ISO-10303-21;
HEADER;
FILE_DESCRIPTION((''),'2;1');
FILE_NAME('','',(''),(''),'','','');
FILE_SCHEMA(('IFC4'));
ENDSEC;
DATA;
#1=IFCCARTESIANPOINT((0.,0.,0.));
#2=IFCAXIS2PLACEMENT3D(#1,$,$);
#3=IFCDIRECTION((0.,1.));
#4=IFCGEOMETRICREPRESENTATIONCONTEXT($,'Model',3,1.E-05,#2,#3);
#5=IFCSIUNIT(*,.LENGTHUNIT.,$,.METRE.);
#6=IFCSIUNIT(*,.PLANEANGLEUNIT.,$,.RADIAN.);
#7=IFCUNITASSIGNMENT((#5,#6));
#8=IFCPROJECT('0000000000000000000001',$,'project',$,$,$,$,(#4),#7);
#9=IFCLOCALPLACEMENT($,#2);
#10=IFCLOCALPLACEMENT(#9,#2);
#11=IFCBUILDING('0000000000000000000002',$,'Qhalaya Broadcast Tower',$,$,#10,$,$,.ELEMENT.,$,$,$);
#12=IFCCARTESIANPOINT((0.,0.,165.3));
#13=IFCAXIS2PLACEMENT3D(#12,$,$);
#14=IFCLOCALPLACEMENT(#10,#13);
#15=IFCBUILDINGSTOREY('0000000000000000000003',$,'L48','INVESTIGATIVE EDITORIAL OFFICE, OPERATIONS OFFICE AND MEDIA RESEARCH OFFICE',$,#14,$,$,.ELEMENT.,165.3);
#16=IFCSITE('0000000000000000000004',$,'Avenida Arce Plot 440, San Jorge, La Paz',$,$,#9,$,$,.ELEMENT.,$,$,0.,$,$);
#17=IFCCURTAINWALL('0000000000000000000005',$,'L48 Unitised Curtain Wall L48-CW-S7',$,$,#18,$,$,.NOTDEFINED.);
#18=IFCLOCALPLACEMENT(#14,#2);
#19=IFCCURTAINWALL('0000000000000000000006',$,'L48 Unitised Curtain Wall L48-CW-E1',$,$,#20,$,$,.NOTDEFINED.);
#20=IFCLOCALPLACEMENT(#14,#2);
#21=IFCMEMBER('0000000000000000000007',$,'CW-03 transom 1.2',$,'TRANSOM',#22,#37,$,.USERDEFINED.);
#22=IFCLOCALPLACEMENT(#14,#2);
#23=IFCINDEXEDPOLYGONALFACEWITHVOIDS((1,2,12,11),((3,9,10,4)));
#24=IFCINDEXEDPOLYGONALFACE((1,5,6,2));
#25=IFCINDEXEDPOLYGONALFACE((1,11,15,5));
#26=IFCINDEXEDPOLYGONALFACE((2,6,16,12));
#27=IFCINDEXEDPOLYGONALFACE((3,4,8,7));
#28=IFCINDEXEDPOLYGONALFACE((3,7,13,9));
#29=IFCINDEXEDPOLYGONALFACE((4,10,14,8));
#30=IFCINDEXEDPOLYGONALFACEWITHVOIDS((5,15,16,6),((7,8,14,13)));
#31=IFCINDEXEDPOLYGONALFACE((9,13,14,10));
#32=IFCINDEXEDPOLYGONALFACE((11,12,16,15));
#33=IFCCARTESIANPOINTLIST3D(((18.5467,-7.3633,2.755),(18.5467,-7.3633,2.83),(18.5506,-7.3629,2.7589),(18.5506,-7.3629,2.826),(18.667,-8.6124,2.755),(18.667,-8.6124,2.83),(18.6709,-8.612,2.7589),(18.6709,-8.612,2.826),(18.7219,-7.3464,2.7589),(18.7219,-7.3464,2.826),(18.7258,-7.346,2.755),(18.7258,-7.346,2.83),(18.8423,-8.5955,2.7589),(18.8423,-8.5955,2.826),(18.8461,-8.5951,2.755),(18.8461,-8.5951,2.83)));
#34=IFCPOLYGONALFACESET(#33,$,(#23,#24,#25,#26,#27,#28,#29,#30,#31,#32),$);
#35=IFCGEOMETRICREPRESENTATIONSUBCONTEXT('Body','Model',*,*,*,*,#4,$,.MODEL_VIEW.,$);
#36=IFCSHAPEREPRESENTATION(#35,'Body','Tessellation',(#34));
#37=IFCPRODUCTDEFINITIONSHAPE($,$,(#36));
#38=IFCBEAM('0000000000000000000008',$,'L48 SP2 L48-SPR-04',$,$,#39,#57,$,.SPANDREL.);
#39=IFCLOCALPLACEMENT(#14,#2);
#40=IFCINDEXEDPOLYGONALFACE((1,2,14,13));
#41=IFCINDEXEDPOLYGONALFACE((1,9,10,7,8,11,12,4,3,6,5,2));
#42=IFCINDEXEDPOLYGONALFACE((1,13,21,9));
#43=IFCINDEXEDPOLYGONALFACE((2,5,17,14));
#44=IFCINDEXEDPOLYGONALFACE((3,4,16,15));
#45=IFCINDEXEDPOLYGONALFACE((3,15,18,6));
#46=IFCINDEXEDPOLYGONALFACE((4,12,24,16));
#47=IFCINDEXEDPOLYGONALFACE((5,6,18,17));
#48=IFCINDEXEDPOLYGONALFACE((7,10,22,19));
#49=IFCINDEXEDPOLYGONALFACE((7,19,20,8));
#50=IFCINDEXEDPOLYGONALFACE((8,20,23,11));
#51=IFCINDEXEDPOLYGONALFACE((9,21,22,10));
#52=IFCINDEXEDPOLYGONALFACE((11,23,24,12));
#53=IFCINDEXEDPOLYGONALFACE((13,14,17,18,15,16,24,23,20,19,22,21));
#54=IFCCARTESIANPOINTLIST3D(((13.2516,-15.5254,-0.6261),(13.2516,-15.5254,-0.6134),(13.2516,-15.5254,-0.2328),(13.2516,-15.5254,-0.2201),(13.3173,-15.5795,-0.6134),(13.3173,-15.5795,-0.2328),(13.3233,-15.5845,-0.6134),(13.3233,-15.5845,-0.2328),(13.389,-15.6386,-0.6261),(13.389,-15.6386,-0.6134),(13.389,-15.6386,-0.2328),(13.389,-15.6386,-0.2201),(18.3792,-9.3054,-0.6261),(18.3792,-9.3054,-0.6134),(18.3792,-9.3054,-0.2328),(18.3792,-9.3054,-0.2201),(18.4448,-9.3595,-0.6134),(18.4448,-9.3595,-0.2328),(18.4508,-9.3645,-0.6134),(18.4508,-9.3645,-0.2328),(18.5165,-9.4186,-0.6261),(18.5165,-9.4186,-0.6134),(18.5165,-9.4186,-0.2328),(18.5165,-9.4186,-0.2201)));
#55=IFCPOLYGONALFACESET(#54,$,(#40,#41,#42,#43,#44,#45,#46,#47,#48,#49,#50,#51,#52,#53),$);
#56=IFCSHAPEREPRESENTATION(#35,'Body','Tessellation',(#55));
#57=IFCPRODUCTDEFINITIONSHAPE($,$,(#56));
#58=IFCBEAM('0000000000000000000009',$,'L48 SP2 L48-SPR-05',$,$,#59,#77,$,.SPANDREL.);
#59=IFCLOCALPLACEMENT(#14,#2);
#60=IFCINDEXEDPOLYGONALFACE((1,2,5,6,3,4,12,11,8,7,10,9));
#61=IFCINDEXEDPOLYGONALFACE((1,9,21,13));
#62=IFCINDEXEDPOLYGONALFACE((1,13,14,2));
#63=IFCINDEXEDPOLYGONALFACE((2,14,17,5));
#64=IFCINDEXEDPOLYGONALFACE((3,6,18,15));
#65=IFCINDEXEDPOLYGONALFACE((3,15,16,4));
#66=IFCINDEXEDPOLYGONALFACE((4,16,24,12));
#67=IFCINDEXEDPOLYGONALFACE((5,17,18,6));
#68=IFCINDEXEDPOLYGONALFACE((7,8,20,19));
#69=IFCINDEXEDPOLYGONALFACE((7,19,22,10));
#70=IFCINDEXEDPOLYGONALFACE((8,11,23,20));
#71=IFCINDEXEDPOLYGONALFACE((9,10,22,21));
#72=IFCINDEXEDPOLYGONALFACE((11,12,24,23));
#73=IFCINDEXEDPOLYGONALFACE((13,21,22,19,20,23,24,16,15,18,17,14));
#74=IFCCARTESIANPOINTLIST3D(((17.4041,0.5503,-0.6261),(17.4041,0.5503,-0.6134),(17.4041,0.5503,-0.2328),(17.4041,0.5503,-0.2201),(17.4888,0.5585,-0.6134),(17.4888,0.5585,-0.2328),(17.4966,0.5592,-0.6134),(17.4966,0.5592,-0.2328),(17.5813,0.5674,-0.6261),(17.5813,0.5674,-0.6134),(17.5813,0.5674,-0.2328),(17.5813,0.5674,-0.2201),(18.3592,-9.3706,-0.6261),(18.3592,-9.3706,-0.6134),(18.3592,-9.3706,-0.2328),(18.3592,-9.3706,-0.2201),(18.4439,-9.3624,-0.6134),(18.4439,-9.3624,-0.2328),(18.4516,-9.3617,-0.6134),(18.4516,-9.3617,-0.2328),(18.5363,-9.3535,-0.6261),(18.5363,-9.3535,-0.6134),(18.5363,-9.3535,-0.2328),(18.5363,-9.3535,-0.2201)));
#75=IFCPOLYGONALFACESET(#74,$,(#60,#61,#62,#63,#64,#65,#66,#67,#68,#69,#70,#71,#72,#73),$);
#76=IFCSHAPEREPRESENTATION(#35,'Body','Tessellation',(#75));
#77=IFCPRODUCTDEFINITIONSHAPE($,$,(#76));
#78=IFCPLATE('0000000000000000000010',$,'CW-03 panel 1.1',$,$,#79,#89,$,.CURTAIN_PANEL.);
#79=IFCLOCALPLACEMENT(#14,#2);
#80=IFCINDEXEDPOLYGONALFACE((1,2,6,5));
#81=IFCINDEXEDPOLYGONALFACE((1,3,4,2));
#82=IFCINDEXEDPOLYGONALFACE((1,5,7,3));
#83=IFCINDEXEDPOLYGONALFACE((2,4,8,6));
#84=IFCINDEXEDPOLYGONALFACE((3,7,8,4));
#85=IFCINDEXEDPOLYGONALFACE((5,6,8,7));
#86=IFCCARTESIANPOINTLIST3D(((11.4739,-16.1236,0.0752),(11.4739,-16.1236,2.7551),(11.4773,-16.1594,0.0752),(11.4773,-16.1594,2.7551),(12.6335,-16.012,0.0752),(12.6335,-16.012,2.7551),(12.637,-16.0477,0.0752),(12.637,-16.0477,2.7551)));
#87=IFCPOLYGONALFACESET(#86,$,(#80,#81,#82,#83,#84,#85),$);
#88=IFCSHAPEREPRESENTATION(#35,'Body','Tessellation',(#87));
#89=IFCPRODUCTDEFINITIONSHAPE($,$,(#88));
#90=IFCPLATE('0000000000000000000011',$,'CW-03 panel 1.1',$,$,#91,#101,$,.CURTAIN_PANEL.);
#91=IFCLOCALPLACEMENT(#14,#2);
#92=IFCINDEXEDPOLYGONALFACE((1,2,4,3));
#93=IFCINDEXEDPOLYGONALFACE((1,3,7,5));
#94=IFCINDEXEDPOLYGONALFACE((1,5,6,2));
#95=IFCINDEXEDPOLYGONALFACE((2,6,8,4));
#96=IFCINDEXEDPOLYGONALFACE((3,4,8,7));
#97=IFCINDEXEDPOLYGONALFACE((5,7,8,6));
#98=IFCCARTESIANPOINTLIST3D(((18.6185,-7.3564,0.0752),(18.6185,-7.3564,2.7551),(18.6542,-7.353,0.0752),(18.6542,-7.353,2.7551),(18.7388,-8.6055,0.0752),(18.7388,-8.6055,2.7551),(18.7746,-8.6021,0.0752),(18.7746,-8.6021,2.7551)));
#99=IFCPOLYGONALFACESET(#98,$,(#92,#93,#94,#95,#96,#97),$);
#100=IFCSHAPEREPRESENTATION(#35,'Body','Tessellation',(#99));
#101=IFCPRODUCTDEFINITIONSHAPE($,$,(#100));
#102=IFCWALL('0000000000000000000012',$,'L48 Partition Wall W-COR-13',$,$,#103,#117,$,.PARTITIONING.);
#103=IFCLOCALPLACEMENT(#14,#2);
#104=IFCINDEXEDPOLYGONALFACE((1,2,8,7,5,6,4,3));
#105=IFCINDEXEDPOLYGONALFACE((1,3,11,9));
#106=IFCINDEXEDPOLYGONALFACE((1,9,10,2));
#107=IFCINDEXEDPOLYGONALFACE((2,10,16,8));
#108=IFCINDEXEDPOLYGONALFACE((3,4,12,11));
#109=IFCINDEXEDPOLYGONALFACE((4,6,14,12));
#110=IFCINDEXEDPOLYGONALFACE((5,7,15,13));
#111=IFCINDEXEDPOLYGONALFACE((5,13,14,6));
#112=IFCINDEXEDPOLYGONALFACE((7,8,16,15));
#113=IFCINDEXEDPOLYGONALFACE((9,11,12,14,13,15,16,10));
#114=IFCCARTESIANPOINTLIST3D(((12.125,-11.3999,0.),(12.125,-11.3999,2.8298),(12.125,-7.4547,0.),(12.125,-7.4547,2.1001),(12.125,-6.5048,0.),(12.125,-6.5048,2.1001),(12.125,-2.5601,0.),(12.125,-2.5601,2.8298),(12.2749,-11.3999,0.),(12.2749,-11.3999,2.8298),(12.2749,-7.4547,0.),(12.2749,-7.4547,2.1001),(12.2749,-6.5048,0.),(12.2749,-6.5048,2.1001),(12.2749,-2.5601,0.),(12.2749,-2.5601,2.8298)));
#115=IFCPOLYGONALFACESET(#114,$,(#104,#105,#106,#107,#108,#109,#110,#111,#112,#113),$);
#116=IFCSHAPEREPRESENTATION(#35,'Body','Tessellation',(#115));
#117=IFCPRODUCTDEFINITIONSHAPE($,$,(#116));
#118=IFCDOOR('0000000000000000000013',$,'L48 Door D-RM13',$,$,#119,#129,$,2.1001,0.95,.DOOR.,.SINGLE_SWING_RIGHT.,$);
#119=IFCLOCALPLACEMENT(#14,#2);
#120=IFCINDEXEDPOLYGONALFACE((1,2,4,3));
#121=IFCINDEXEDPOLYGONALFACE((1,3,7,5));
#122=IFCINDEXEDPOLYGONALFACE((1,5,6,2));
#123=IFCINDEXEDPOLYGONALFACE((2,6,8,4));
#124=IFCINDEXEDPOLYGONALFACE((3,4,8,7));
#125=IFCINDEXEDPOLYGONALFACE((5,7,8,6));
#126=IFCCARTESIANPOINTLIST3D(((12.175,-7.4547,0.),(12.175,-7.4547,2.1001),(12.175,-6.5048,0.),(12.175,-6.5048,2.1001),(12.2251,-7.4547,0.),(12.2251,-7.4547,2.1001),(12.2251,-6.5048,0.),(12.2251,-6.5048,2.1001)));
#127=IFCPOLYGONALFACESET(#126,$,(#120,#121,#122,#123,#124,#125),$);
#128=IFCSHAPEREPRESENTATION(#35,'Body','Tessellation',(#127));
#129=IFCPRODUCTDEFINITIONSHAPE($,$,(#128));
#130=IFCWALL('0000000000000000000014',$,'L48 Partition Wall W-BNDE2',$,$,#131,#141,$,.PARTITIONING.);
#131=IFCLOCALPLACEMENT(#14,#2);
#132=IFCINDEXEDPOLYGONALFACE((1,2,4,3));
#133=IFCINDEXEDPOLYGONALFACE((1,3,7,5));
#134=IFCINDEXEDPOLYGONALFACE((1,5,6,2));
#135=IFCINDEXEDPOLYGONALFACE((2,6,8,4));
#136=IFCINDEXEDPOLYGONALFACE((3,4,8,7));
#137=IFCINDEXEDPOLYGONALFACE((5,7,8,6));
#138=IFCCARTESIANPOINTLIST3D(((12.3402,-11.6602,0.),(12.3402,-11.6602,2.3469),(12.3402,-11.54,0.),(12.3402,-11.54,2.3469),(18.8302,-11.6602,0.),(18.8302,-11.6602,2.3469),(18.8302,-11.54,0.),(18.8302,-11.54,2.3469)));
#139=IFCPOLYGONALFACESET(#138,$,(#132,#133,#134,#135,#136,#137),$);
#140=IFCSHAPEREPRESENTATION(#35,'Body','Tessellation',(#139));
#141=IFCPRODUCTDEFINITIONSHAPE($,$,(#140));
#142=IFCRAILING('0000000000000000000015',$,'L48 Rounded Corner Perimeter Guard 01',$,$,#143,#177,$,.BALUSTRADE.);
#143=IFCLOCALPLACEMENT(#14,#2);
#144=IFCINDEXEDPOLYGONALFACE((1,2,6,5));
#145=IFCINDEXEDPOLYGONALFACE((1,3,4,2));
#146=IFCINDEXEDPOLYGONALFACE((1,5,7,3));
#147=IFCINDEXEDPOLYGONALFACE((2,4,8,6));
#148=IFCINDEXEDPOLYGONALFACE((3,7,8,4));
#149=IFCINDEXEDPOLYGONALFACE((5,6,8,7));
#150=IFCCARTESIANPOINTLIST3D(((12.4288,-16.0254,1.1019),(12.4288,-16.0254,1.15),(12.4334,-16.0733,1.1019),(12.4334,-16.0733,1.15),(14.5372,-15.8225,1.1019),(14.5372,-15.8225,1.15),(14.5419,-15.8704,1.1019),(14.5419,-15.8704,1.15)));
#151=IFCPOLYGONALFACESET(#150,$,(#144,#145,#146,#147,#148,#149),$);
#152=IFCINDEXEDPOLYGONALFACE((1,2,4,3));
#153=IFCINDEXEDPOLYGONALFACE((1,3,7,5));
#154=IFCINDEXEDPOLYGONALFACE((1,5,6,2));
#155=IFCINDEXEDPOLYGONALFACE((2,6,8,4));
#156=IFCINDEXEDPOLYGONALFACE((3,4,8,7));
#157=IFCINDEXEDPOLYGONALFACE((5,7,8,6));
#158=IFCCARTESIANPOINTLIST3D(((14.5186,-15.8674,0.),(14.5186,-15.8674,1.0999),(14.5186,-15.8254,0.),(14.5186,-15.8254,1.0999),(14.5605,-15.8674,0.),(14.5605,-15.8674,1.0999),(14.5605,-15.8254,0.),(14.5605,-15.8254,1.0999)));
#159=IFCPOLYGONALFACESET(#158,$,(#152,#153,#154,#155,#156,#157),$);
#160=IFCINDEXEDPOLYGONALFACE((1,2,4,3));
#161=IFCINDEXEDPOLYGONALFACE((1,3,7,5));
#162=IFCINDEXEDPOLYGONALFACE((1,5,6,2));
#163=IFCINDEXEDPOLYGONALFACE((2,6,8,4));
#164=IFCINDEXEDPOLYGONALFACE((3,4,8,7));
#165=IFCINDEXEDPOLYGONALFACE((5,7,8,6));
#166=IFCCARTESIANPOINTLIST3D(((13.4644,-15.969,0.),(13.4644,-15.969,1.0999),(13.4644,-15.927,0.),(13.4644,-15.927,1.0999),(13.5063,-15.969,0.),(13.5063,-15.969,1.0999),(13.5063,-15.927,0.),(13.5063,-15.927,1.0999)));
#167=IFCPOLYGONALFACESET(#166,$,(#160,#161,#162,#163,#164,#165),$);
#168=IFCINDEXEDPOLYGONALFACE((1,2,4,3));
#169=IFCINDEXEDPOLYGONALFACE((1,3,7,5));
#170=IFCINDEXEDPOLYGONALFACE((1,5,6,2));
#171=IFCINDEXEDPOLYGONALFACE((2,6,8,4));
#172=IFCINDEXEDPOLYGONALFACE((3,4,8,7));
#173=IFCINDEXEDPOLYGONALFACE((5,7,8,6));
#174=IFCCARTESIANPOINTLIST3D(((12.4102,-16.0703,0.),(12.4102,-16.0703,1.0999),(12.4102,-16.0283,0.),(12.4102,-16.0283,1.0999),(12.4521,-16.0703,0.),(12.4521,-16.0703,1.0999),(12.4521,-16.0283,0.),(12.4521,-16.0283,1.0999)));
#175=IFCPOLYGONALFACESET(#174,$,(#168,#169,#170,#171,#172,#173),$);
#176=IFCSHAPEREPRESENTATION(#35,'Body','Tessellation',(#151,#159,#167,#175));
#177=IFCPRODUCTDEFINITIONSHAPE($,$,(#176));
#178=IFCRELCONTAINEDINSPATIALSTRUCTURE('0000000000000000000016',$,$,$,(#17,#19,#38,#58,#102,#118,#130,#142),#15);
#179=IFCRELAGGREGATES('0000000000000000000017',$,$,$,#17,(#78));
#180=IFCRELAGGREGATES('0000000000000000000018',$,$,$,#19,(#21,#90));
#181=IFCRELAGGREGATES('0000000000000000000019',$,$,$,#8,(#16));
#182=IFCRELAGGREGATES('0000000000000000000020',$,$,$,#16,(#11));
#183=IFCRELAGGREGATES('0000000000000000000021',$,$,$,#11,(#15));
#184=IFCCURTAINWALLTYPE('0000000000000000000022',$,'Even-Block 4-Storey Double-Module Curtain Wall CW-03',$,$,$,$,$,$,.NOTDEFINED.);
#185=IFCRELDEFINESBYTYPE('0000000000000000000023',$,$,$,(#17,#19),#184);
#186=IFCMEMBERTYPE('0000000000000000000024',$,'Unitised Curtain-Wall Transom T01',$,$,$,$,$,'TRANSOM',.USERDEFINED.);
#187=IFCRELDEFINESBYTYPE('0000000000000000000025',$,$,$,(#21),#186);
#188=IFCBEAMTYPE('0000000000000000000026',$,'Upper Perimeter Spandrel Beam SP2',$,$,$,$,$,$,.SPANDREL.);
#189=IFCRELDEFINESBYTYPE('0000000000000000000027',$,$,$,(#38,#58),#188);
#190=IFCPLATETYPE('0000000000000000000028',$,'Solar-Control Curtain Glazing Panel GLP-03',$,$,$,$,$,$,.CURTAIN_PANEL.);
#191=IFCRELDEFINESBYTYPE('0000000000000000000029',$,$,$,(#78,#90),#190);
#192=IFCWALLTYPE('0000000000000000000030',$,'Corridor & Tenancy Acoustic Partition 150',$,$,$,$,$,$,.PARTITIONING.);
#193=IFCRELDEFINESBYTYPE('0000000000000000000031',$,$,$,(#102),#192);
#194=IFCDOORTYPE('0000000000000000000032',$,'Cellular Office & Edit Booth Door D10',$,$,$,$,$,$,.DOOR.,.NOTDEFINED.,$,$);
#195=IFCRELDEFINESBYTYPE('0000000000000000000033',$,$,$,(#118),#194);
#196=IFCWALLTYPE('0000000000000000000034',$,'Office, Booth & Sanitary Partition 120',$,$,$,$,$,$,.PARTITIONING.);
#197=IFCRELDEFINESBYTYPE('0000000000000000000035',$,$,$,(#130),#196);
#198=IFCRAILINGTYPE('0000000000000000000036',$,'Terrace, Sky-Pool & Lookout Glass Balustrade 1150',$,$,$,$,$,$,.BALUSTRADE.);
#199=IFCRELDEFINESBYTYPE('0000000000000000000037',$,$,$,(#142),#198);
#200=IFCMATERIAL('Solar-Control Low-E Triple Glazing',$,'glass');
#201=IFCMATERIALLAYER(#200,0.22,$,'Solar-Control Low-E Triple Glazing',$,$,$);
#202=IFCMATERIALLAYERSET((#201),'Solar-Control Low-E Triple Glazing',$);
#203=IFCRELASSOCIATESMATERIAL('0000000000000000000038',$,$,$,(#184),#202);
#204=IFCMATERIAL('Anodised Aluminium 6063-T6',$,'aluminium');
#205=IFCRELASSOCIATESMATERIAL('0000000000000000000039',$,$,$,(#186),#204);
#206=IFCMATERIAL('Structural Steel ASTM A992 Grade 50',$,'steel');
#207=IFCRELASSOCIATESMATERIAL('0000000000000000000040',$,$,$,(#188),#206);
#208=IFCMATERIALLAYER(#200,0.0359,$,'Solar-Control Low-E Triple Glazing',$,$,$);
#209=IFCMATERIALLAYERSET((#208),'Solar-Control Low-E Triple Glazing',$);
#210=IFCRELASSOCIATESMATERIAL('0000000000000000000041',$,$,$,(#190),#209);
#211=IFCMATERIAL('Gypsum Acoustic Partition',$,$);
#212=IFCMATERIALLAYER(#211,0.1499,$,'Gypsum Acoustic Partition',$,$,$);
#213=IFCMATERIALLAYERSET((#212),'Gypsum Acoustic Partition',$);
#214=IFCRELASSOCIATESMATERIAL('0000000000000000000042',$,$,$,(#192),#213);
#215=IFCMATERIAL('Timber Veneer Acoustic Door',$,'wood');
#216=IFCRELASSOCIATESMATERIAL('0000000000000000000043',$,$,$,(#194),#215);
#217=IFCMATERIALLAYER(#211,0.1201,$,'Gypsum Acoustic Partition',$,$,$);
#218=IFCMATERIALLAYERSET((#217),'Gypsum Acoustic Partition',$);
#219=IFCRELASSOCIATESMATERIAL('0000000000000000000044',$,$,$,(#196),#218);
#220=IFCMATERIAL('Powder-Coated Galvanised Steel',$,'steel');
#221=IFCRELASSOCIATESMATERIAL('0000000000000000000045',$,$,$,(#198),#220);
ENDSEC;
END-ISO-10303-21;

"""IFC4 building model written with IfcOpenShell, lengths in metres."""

from ifc_helpers import new_model, si_unit, direction, frame, frame_2d, origin, origin_2d, place, context, subcontext, project, spatial, rectangle, hollow_rectangle, i_section, extrude, material, layer, layer_set, material_profile, profile_set, type_object, element, fill, aggregate, save


model = new_model("IFC4")

# Units and contexts
model_context = context("Model", 3, precision=1e-05, world=origin(), true_north=direction((0.0, 1.0)))
body_context = subcontext(model_context, "Body", "Model", "MODEL_VIEW")
ifc_project = project(units=[si_unit("LENGTHUNIT", "METRE"), si_unit("PLANEANGLEUNIT", "RADIAN")], contexts=[model_context])

# Site, building, storey
site_placement = place(None, origin())
site = spatial("IfcSite", under=ifc_project, at=site_placement, Name="Avenida Arce Plot 440, San Jorge, La Paz", CompositionType="ELEMENT", RefElevation=0.0)
building_placement = place(site_placement, origin())
building = spatial("IfcBuilding", under=site, at=building_placement, Name="Qhalaya Broadcast Tower", CompositionType="ELEMENT")
storey_placement = place(building_placement, frame((0.0, 0.0, 165.3)))
storey = spatial("IfcBuildingStorey", under=building, at=storey_placement, Name="L48", Description="INVESTIGATIVE EDITORIAL OFFICE, OPERATIONS OFFICE AND MEDIA RESEARCH OFFICE", CompositionType="ELEMENT", Elevation=165.3)

# Shared definitions
ifc_material_1 = material(Name="Anodised Aluminium 6063-T6", Category="aluminium")

# Curtain walls
ifc_material_2 = material(Name="Solar-Control Low-E Triple Glazing", Category="glass")
ifc_layer_1 = layer(ifc_material_2, 0.22, Name="Solar-Control Low-E Triple Glazing")
ifc_layer_set_1 = layer_set([ifc_layer_1], Name="Solar-Control Low-E Triple Glazing")
curtain_wall_type_1 = type_object("IfcCurtainWallType", Name="Even-Block 4-Storey Double-Module Curtain Wall CW-03", PredefinedType="NOTDEFINED", material=ifc_layer_set_1)
curtain_wall_1_placement = place(storey_placement, origin())
curtain_wall_1 = element("IfcCurtainWall", 1, at=curtain_wall_1_placement, inside=storey, type_object=curtain_wall_type_1, Name="L48 Unitised Curtain Wall L48-CW-S7", PredefinedType="NOTDEFINED")
curtain_wall_2_placement = place(storey_placement, origin())
curtain_wall_2 = element("IfcCurtainWall", 2, at=curtain_wall_2_placement, inside=storey, type_object=curtain_wall_type_1, Name="L48 Unitised Curtain Wall L48-CW-E1", PredefinedType="NOTDEFINED")

# Member
ifc_material_profile_1 = material_profile(ifc_material_1, hollow_rectangle(XDim=0.075, YDim=0.1799, WallThickness=0.0039, at=origin_2d()), Name="ALU-TRN 75x180x4")
ifc_profile_set_1 = profile_set([ifc_material_profile_1], Name="Anodised Aluminium 6063-T6")
member_type_1 = type_object("IfcMemberType", Name="Unitised Curtain-Wall Transom T01", ElementType="TRANSOM", PredefinedType="USERDEFINED", material=ifc_profile_set_1)
member_1_placement = place(storey_placement, frame((18.7566, -8.6038, 2.7925), z_axis=(-0.09592, 0.995389, 0.0), x_axis=(0.0, 0.0, 1.0)))
member_1 = element("IfcMember", 3, at=member_1_placement, type_object=member_type_1, Name="CW-03 transom 1.2", ObjectType="TRANSOM", PredefinedType="USERDEFINED", context=body_context, shape_type="SweptSolid", body=[
    extrude(hollow_rectangle(XDim=0.075, YDim=0.1799, WallThickness=0.0039, at=origin_2d()), origin(), (0.0, 0.0, 1.0), 1.2549),
])

# Beams
ifc_material_3 = material(Name="Structural Steel ASTM A992 Grade 50", Category="steel")
ifc_material_profile_2 = material_profile(ifc_material_3, i_section(OverallWidth=0.178, OverallDepth=0.406, WebThickness=0.0078, FlangeThickness=0.0127, at=origin_2d()), Name="W16X40")
ifc_profile_set_2 = profile_set([ifc_material_profile_2], Name="Structural Steel ASTM A992 Grade 50")
beam_type = type_object("IfcBeamType", Name="Upper Perimeter Spandrel Beam SP2", PredefinedType="SPANDREL", material=ifc_profile_set_2)
beam_1_placement = place(storey_placement, frame((13.3203, -15.582, -0.4231), z_axis=(0.636085, 0.771619, 0.0), x_axis=(-0.771619, 0.636085, 0.0)))
element("IfcBeam", 4, at=beam_1_placement, inside=storey, type_object=beam_type, Name="L48 SP2 L48-SPR-04", PredefinedType="SPANDREL", context=body_context, shape_type="SweptSolid", body=[
    extrude(i_section(OverallWidth=0.178, OverallDepth=0.406, WebThickness=0.0078, FlangeThickness=0.0127, at=origin_2d()), origin(), (0.0, 0.0, 1.0), 8.061),
])
beam_2_placement = place(storey_placement, frame((18.4478, -9.3621, -0.4231), z_axis=(-0.095826, 0.995398, 0.0), x_axis=(-0.995398, -0.095826, 0.0)))
element("IfcBeam", 5, at=beam_2_placement, inside=storey, type_object=beam_type, Name="L48 SP2 L48-SPR-05", PredefinedType="SPANDREL", context=body_context, shape_type="SweptSolid", body=[
    extrude(i_section(OverallWidth=0.178, OverallDepth=0.406, WebThickness=0.0078, FlangeThickness=0.0127, at=origin_2d()), origin(), (0.0, 0.0, 1.0), 9.9668),
])

# Plates
ifc_layer_2 = layer(ifc_material_2, 0.0359, Name="Solar-Control Low-E Triple Glazing")
ifc_layer_set_2 = layer_set([ifc_layer_2], Name="Solar-Control Low-E Triple Glazing")
plate_type = type_object("IfcPlateType", Name="Solar-Control Curtain Glazing Panel GLP-03", PredefinedType="CURTAIN_PANEL", material=ifc_layer_set_2)
plate_1_placement = place(storey_placement, frame((12.0554, -16.0857, 0.0752), z_axis=(0.0, 0.0, 1.0), x_axis=(0.995399, 0.095821, 0.0)))
plate_1 = element("IfcPlate", 6, at=plate_1_placement, type_object=plate_type, Name="CW-03 panel 1.1", PredefinedType="CURTAIN_PANEL", context=body_context, shape_type="SweptSolid", body=[
    extrude(rectangle(XDim=1.165, YDim=0.0359, at=origin_2d()), origin(), (0.0, 0.0, 1.0), 2.6799),
])
aggregate(curtain_wall_1, [plate_1])
plate_2_placement = place(storey_placement, frame((18.6965, -7.9792, 0.0752), z_axis=(0.0, 0.0, 1.0), x_axis=(-0.095874, 0.995393, 0.0)))
plate_2 = element("IfcPlate", 7, at=plate_2_placement, type_object=plate_type, Name="CW-03 panel 1.1", PredefinedType="CURTAIN_PANEL", context=body_context, shape_type="SweptSolid", body=[
    extrude(rectangle(XDim=1.2549, YDim=0.0359, at=origin_2d()), origin(), (0.0, 0.0, 1.0), 2.6799),
])
aggregate(curtain_wall_2, [member_1, plate_2])

# Wall, opening, door
ifc_material_4 = material(Name="Gypsum Acoustic Partition")
ifc_layer_3 = layer(ifc_material_4, 0.1499, Name="Gypsum Acoustic Partition")
ifc_layer_set_3 = layer_set([ifc_layer_3], Name="Gypsum Acoustic Partition")
wall_type_1 = type_object("IfcWallType", Name="Corridor & Tenancy Acoustic Partition 150", PredefinedType="PARTITIONING", material=ifc_layer_set_3)
wall_1_placement = place(storey_placement, frame((12.2, -11.3999, 0.0), z_axis=(0.0, 0.0, 1.0), x_axis=(0.0, 1.0, 0.0)))
wall_1 = element("IfcWall", 8, at=wall_1_placement, inside=storey, type_object=wall_type_1, Name="L48 Partition Wall W-COR-13", PredefinedType="PARTITIONING", context=body_context, shape_type="SweptSolid", body=[
    extrude(rectangle(XDim=8.8398, YDim=0.1499, at=frame_2d((4.4199, 0.0))), origin(), (0.0, 0.0, 1.0), 2.8298),
])
opening_placement = place(wall_1_placement, frame((3.9451, 0.0, 0.0)))
opening = element("IfcOpeningElement", 9, at=opening_placement, cuts=wall_1, PredefinedType="OPENING", context=body_context, shape_type="SweptSolid", body=[
    extrude(rectangle(XDim=0.95, YDim=2.1001, at=frame_2d((0.4751, 1.05))), frame((0.0, 0.0869, 0.0), z_axis=(0.0, -1.0, 0.0), x_axis=(1.0, 0.0, 0.0)), (0.0, 0.0, 1.0), 0.1738),
])
ifc_material_5 = material(Name="Timber Veneer Acoustic Door", Category="wood")
door_type = type_object("IfcDoorType", Name="Cellular Office & Edit Booth Door D10", OperationType="NOTDEFINED", PredefinedType="DOOR", material=ifc_material_5)
door_placement = place(opening_placement, origin())
door = element("IfcDoor", 10, at=door_placement, inside=storey, type_object=door_type, Name="L48 Door D-RM13", OperationType="SINGLE_SWING_RIGHT", OverallHeight=2.1001, OverallWidth=0.95, PredefinedType="DOOR", context=body_context, shape_type="SweptSolid", body=[
    extrude(rectangle(XDim=0.95, YDim=2.1001, at=frame_2d((0.4751, 1.05))), frame((0.0, 0.0249, 0.0), z_axis=(0.0, -1.0, 0.0), x_axis=(1.0, 0.0, 0.0)), (0.0, 0.0, 1.0), 0.05),
])
fill(opening, door)

# Wall
ifc_layer_4 = layer(ifc_material_4, 0.1201, Name="Gypsum Acoustic Partition")
ifc_layer_set_4 = layer_set([ifc_layer_4], Name="Gypsum Acoustic Partition")
wall_type_2 = type_object("IfcWallType", Name="Office, Booth & Sanitary Partition 120", PredefinedType="PARTITIONING", material=ifc_layer_set_4)
wall_2_placement = place(storey_placement, frame((12.3401, -11.6001, 0.0), z_axis=(0.0, 0.0, 1.0), x_axis=(1.0, 0.0, 0.0)))
element("IfcWall", 11, at=wall_2_placement, inside=storey, type_object=wall_type_2, Name="L48 Partition Wall W-BNDE2", PredefinedType="PARTITIONING", context=body_context, shape_type="SweptSolid", body=[
    extrude(rectangle(XDim=6.49, YDim=0.1201, at=frame_2d((3.2451, 0.0))), origin(), (0.0, 0.0, 1.0), 2.3469),
])

# Railing
ifc_material_6 = material(Name="Powder-Coated Galvanised Steel", Category="steel")
railing_type = type_object("IfcRailingType", Name="Terrace, Sky-Pool & Lookout Glass Balustrade 1150", PredefinedType="BALUSTRADE", material=ifc_material_6)
railing_1_placement = place(storey_placement, frame((14.5396, -15.8464, 0.0)))
element("IfcRailing", 12, at=railing_1_placement, inside=storey, type_object=railing_type, Name="L48 Rounded Corner Perimeter Guard 01", PredefinedType="BALUSTRADE", context=body_context, shape_type="SweptSolid", body=[
    extrude(rectangle(XDim=0.0481, YDim=0.0481, at=origin_2d()), frame((0.0, 0.0, 1.126), z_axis=(-0.995402, -0.095783, 0.0), x_axis=(0.095783, -0.995402, 0.0)), (0.0, 0.0, 1.0), 2.1182),
    extrude(rectangle(XDim=0.042, YDim=0.042, at=origin_2d()), origin(), (0.0, 0.0, 1.0), 1.0999),
    extrude(rectangle(XDim=0.042, YDim=0.042, at=origin_2d()), frame((-1.0542, -0.1016, 0.0)), (0.0, 0.0, 1.0), 1.0999),
    extrude(rectangle(XDim=0.042, YDim=0.042, at=origin_2d()), frame((-2.1084, -0.2029, 0.0)), (0.0, 0.0, 1.0), 1.0999),
])

save(model, "model.ifc")
